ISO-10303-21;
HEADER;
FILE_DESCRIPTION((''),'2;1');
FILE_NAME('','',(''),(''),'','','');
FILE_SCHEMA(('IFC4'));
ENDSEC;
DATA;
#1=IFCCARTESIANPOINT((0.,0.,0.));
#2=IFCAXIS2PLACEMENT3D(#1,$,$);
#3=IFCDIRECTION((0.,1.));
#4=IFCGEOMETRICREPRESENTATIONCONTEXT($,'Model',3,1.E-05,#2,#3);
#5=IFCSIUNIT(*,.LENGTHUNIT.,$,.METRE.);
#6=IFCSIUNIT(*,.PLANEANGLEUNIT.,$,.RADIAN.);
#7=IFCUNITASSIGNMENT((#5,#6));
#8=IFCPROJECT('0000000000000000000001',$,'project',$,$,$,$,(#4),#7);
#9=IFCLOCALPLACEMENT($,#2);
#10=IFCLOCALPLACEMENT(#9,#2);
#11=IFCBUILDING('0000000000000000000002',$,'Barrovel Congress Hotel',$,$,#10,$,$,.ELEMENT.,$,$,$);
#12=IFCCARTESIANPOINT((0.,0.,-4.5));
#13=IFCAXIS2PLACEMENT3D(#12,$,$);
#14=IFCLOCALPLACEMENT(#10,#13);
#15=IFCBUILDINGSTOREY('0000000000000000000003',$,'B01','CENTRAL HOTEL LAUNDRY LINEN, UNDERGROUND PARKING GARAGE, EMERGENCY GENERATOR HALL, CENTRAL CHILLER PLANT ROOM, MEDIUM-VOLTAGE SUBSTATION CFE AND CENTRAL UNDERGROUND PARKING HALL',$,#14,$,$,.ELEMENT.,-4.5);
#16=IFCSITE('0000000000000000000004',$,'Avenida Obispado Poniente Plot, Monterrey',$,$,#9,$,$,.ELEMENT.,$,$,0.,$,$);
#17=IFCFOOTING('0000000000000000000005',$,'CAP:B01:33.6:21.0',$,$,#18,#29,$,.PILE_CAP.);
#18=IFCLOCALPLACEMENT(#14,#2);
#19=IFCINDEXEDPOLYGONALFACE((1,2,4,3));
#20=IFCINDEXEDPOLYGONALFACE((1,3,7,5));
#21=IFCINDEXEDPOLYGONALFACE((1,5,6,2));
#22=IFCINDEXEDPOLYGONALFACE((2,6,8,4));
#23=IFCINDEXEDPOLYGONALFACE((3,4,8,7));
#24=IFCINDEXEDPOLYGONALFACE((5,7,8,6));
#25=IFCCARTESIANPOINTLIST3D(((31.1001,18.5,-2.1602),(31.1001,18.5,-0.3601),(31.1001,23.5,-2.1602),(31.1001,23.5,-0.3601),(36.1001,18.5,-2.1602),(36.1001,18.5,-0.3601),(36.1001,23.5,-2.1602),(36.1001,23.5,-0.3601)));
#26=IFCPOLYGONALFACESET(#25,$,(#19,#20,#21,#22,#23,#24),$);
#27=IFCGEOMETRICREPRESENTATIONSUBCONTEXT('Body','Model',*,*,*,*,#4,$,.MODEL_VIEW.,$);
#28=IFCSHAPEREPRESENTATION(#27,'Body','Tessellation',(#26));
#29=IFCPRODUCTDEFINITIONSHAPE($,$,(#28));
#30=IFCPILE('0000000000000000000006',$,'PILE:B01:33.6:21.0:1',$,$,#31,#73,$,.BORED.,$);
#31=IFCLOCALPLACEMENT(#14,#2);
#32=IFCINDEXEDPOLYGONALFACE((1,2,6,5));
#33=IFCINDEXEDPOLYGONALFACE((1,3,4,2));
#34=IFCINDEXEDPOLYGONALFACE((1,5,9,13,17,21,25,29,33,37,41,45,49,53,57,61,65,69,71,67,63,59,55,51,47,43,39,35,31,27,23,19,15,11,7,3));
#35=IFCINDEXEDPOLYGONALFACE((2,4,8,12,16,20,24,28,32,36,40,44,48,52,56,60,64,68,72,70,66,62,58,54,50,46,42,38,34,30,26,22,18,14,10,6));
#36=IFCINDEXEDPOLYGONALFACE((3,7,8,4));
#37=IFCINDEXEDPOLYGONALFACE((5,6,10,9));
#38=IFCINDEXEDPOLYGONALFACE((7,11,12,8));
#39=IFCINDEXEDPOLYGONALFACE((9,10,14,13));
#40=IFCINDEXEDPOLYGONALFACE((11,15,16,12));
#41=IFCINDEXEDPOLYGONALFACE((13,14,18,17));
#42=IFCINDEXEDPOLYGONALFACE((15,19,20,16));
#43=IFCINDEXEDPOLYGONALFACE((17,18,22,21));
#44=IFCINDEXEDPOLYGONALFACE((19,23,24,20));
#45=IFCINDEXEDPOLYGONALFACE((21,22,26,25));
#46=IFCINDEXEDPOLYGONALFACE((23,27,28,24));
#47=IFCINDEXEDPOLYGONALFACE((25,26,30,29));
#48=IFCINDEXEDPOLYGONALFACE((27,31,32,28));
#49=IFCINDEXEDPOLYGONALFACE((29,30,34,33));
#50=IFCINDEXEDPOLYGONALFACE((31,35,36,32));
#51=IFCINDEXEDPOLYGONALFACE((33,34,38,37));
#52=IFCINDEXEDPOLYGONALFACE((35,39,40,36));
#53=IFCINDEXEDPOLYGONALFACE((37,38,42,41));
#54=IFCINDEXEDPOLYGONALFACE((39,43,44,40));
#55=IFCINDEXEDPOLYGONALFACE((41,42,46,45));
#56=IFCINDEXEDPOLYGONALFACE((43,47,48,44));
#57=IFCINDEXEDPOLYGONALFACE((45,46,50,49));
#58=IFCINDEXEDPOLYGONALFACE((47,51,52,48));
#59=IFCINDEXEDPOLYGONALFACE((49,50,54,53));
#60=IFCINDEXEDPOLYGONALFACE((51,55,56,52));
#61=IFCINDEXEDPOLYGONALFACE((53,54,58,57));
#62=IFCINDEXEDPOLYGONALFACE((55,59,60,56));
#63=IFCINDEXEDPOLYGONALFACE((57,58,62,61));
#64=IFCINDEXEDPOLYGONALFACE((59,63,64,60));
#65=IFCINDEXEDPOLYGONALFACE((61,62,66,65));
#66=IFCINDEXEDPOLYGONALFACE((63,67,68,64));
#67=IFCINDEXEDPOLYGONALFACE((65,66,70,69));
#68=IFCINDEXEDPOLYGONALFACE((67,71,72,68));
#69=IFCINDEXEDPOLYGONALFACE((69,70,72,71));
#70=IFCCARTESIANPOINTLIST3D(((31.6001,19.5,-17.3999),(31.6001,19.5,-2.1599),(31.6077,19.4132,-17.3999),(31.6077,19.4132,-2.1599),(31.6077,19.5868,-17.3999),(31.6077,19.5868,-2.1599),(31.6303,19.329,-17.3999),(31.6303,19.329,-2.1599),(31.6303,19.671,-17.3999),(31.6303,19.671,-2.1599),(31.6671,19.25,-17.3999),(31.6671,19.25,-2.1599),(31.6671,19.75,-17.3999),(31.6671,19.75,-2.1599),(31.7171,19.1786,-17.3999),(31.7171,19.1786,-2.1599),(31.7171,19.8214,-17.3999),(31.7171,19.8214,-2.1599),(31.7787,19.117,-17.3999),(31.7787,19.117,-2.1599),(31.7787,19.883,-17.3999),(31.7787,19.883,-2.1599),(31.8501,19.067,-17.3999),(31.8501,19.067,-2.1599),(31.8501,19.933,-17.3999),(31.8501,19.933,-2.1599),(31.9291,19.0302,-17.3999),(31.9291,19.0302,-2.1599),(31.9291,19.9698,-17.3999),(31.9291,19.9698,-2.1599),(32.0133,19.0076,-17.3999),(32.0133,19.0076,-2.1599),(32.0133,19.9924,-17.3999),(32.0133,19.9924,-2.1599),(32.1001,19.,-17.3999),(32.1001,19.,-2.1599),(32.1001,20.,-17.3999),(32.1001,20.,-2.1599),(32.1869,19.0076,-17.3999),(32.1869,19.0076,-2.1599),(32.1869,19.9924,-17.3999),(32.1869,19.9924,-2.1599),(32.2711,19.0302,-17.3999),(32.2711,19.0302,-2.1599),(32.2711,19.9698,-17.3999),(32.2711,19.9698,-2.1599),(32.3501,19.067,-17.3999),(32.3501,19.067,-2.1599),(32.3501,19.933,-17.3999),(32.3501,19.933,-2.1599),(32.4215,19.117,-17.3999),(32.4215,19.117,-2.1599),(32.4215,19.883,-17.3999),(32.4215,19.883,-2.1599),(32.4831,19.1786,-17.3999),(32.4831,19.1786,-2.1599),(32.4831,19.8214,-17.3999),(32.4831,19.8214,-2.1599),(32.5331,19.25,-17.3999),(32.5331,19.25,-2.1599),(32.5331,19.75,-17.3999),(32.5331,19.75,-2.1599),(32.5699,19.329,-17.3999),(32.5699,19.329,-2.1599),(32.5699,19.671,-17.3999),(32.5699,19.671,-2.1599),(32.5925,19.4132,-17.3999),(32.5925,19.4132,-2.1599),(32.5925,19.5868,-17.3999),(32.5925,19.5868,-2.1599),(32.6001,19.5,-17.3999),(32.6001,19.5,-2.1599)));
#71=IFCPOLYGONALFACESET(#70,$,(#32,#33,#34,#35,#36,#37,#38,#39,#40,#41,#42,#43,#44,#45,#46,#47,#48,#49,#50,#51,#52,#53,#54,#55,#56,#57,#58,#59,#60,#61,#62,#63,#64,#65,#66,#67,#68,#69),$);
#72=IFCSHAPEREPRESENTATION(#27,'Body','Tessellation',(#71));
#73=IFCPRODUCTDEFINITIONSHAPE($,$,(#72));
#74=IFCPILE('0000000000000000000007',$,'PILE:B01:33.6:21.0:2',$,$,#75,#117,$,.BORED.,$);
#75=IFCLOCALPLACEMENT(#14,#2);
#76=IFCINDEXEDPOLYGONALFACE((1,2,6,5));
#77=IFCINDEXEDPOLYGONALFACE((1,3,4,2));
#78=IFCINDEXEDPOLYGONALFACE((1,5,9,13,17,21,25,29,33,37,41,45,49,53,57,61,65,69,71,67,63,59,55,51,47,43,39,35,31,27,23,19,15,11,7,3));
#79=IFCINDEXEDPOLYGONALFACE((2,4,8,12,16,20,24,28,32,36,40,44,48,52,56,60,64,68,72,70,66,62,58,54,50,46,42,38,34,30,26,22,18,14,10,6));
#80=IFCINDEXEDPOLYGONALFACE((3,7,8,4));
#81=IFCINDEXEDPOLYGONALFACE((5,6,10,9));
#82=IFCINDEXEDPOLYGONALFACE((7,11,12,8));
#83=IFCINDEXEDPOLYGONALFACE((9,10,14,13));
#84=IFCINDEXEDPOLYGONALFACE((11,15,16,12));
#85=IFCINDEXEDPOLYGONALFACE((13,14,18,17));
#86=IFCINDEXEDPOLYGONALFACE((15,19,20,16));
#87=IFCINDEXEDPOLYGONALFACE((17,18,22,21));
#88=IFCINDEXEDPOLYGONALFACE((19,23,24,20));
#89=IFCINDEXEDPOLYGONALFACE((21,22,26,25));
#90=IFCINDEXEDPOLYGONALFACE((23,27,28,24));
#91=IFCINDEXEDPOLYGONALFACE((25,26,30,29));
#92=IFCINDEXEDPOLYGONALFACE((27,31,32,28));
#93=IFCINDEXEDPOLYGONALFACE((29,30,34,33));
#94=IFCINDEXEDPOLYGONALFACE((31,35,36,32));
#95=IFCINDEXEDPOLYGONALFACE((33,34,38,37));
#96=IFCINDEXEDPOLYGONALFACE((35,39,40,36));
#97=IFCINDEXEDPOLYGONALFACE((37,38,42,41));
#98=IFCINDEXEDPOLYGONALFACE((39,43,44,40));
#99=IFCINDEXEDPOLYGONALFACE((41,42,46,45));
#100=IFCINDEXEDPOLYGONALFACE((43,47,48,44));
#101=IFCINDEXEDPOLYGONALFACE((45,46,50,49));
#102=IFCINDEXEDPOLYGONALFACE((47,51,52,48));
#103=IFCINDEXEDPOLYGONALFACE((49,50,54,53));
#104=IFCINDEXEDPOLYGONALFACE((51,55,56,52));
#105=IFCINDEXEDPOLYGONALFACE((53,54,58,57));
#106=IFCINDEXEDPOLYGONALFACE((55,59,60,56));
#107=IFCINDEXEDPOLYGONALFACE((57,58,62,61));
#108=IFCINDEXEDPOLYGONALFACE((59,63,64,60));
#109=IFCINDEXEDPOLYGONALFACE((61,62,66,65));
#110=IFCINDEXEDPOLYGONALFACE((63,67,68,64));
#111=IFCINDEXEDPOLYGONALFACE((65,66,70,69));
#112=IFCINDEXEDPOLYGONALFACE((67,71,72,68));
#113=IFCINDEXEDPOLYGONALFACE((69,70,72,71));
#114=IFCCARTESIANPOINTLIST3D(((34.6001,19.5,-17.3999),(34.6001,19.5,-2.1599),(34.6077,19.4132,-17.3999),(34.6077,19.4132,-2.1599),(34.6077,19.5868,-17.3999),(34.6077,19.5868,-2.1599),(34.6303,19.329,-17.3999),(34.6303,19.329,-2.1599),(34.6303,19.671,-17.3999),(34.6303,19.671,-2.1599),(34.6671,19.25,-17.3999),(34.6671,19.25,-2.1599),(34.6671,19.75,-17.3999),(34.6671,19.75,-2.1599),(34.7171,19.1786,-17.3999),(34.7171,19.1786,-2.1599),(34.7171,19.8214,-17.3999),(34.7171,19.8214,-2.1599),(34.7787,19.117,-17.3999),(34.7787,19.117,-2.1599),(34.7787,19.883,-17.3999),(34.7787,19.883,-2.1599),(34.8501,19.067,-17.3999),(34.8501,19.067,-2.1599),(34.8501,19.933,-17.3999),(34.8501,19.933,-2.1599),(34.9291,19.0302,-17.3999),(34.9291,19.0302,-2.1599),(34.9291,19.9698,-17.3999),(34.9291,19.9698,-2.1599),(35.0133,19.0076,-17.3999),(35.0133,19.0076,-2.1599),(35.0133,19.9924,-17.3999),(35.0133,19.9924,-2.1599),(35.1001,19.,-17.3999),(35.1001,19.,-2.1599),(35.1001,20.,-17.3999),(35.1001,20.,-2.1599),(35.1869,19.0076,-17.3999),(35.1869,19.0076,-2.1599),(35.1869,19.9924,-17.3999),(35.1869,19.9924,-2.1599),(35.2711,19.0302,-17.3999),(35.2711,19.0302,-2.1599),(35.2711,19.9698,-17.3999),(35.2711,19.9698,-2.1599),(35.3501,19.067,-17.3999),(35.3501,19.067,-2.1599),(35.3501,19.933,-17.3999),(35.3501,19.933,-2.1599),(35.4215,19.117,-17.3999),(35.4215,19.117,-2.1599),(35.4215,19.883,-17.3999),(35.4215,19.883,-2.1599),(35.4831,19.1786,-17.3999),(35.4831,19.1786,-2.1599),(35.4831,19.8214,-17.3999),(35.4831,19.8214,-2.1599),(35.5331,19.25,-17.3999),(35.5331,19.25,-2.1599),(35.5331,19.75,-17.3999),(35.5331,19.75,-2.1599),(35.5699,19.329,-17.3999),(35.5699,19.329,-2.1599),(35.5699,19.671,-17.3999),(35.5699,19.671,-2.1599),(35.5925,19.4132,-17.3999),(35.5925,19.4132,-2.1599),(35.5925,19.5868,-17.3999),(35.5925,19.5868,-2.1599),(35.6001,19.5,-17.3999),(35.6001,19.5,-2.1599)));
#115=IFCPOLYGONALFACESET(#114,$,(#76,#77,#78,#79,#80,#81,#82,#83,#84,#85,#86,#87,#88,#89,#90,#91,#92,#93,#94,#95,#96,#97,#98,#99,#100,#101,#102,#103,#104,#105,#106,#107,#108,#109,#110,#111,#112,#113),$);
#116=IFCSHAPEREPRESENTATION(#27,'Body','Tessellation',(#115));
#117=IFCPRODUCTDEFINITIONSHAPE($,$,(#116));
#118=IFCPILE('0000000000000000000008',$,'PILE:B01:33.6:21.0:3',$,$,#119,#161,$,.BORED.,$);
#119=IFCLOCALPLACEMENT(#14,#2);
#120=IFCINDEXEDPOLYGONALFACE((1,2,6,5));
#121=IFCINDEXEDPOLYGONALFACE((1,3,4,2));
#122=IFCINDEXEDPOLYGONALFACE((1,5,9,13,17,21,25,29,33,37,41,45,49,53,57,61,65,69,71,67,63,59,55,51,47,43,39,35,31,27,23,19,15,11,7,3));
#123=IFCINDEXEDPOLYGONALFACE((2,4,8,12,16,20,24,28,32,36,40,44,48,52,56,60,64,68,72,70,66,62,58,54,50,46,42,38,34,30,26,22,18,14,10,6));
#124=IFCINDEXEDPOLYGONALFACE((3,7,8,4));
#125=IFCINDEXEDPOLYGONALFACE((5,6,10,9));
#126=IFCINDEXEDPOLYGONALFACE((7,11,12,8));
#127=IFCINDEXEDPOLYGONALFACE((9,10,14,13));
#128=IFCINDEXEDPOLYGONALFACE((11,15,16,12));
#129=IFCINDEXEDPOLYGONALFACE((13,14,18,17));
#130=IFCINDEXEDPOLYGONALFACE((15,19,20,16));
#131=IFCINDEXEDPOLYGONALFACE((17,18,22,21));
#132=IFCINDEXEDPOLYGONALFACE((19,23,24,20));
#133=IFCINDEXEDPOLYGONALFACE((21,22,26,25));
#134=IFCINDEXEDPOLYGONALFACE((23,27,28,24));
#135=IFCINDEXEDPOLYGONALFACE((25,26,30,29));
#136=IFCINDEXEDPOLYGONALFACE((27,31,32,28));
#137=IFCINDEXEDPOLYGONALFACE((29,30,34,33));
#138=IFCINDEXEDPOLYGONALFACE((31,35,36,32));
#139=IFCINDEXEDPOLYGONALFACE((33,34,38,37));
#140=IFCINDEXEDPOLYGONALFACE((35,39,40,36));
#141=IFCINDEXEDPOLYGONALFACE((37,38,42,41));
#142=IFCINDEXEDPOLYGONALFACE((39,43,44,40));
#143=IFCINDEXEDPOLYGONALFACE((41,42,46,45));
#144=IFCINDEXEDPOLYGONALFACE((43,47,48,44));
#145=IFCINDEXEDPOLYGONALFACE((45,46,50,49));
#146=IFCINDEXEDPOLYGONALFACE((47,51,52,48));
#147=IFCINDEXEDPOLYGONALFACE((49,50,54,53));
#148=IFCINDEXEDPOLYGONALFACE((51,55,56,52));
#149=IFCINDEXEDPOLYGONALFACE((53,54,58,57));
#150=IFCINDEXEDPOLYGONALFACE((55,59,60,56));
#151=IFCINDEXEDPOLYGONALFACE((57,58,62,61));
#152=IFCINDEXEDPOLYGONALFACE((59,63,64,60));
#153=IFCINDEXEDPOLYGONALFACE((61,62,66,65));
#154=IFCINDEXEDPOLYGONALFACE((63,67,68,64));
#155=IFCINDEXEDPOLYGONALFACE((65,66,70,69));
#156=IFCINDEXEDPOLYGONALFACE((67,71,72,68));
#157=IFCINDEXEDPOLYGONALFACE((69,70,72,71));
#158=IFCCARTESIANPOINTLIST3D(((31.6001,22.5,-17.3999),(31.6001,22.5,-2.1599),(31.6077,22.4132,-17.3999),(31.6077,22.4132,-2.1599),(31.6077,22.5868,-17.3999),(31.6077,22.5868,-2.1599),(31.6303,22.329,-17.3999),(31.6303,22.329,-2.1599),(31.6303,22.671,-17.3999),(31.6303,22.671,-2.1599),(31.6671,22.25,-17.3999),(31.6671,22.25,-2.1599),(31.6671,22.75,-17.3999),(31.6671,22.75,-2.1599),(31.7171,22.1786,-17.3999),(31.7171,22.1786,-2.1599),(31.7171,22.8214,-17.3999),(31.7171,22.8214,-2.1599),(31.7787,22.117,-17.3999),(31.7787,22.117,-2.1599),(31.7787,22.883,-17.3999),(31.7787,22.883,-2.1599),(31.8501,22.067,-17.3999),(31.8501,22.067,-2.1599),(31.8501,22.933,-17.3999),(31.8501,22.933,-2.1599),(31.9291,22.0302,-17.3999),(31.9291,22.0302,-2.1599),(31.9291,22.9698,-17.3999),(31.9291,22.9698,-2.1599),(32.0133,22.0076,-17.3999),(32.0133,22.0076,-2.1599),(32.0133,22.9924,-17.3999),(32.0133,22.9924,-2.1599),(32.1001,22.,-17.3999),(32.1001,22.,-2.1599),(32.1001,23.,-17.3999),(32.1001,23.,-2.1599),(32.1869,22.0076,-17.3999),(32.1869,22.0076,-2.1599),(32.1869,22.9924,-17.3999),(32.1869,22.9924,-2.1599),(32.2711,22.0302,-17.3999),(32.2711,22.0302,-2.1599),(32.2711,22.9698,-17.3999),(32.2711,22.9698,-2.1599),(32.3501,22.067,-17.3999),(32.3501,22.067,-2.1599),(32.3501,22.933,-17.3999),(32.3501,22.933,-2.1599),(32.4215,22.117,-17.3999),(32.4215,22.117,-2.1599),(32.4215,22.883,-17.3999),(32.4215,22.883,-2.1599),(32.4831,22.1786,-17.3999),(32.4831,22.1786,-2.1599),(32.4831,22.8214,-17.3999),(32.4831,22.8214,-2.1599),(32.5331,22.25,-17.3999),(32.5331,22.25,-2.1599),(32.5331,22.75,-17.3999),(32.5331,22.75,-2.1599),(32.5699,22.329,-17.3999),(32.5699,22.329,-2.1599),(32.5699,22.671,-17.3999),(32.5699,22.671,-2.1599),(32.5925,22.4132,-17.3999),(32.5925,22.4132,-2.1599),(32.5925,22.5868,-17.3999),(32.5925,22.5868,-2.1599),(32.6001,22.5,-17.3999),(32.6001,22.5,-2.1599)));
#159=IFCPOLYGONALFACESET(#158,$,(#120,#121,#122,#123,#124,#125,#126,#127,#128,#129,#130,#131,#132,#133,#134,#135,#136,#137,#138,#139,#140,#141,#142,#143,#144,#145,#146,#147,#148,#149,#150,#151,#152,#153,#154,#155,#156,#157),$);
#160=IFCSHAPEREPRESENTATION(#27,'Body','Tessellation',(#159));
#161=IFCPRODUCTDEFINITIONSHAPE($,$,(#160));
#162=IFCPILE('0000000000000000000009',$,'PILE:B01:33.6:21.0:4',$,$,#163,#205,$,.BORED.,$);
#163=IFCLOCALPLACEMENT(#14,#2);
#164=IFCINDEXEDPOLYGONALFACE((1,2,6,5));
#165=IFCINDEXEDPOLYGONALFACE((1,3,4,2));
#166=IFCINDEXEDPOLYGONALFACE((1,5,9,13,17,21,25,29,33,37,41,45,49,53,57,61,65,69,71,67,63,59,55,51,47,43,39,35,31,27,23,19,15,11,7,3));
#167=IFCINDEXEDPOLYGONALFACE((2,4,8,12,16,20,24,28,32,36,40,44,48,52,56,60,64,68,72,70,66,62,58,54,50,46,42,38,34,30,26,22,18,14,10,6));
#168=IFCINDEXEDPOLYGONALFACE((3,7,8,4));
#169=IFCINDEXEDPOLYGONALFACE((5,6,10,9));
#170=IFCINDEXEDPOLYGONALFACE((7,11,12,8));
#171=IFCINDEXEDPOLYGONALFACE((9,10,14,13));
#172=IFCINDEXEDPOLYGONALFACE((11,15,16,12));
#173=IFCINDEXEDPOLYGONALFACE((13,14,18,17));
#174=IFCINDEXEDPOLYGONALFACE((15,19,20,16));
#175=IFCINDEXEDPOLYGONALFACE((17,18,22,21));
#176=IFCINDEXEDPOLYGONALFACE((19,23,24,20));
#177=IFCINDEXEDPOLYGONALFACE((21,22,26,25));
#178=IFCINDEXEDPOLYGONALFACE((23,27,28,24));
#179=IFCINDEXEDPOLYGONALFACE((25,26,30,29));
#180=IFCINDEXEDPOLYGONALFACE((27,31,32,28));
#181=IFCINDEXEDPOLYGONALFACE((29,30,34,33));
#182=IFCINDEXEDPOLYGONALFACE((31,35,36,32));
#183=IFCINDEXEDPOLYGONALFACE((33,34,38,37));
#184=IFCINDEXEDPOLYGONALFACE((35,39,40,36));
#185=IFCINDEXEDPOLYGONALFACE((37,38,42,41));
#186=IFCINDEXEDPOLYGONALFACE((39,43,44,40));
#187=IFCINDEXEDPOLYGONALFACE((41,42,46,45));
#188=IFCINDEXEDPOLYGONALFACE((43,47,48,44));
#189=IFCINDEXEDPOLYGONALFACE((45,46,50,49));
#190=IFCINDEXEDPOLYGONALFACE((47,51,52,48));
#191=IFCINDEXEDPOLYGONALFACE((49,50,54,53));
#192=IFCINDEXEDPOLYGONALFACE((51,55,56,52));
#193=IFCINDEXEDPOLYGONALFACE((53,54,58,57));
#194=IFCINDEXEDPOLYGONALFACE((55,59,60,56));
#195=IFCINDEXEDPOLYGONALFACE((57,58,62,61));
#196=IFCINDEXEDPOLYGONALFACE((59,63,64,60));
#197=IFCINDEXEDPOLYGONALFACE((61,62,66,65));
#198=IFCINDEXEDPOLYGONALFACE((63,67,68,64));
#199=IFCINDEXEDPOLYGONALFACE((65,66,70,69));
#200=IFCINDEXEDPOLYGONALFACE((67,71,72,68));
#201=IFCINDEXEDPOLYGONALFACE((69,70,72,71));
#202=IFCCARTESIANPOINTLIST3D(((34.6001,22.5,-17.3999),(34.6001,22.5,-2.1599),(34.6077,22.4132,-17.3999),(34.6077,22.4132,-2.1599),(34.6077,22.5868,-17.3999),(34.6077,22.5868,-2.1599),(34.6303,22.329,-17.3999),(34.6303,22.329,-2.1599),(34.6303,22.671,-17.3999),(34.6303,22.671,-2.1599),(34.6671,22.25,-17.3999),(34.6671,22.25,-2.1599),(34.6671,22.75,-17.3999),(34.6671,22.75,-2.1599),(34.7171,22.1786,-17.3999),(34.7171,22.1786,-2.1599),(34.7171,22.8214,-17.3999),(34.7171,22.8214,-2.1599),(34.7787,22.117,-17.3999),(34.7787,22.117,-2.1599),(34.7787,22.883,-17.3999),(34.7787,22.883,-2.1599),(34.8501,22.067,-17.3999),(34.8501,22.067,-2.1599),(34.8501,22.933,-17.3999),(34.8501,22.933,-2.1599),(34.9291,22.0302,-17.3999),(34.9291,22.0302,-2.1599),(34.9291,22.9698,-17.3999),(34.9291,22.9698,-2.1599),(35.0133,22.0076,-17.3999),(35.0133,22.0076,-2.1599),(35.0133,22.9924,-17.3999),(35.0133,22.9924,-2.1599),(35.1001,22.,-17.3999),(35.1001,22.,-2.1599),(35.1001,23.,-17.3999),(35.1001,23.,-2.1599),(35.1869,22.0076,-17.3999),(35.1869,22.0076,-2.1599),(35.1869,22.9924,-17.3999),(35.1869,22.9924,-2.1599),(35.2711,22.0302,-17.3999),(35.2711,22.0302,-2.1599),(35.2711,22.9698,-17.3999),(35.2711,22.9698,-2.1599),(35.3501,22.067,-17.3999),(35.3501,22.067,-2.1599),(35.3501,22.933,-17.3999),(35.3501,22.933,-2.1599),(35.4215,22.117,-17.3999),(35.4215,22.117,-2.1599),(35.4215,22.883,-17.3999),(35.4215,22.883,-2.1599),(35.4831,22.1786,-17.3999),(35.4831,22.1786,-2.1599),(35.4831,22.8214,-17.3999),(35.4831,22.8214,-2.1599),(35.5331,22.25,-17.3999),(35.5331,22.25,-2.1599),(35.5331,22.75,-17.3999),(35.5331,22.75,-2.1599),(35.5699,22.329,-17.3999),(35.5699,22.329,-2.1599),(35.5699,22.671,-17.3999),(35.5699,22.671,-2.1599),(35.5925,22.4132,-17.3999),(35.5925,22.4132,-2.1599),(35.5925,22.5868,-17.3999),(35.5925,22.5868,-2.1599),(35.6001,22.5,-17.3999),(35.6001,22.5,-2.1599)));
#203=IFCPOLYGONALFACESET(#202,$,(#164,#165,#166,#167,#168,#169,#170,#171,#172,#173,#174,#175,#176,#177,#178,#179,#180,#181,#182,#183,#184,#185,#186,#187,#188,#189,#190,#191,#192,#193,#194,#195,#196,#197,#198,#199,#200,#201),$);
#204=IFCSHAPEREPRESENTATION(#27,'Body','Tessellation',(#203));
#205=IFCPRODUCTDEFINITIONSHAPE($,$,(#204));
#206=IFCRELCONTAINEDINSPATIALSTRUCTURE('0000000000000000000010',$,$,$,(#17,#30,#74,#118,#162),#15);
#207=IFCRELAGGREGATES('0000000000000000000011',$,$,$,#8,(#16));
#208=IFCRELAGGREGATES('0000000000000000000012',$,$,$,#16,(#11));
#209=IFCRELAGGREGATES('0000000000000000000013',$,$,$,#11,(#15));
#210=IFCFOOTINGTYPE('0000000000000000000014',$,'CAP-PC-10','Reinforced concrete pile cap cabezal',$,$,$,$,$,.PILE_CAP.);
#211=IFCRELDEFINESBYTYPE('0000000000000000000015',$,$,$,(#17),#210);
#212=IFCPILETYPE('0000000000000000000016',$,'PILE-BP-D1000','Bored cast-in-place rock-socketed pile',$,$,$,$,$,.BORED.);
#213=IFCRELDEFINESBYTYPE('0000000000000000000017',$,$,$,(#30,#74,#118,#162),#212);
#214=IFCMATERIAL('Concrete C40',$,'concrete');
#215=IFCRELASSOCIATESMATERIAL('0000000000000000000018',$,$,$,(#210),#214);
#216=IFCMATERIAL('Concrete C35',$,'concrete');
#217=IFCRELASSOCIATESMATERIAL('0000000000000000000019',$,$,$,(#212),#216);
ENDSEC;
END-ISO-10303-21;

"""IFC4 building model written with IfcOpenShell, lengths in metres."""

from ifc_helpers import new_model, si_unit, direction, frame, origin, origin_2d, place, context, subcontext, project, spatial, rectangle, circle, extrude, material, material_profile, profile_set, type_object, element, save


model = new_model("IFC4")

# Units and contexts
model_context = context("Model", 3, precision=1e-05, world=origin(), true_north=direction((0.0, 1.0)))
body_context = subcontext(model_context, "Body", "Model", "MODEL_VIEW")
ifc_project = project(units=[si_unit("LENGTHUNIT", "METRE"), si_unit("PLANEANGLEUNIT", "RADIAN")], contexts=[model_context])

# Site, building, storey
site_placement = place(None, origin())
site = spatial("IfcSite", under=ifc_project, at=site_placement, Name="Avenida Obispado Poniente Plot, Monterrey", CompositionType="ELEMENT", RefElevation=0.0)
building_placement = place(site_placement, origin())
building = spatial("IfcBuilding", under=site, at=building_placement, Name="Barrovel Congress Hotel", CompositionType="ELEMENT")
storey_placement = place(building_placement, frame((0.0, 0.0, -4.5)))
storey = spatial("IfcBuildingStorey", under=building, at=storey_placement, Name="B01", Description="CENTRAL HOTEL LAUNDRY LINEN, UNDERGROUND PARKING GARAGE, EMERGENCY GENERATOR HALL, CENTRAL CHILLER PLANT ROOM, MEDIUM-VOLTAGE SUBSTATION CFE AND CENTRAL UNDERGROUND PARKING HALL", CompositionType="ELEMENT", Elevation=-4.5)

# Footing
ifc_material_1 = material(Name="Concrete C40", Category="concrete")
footing_type = type_object("IfcFootingType", Name="CAP-PC-10", Description="Reinforced concrete pile cap cabezal", PredefinedType="PILE_CAP", material=ifc_material_1)
footing_placement = place(storey_placement, frame((33.6001, 21.0, -2.1602), z_axis=(0.0, 0.0, 1.0), x_axis=(1.0, 0.0, 0.0)))
element("IfcFooting", 1, at=footing_placement, inside=storey, type_object=footing_type, Name="CAP:B01:33.6:21.0", PredefinedType="PILE_CAP", context=body_context, shape_type="SweptSolid", body=[
    extrude(rectangle(XDim=5.0, YDim=5.0, at=origin_2d()), origin(), (0.0, 0.0, 1.0), 1.8),
])

# Piles
ifc_material_2 = material(Name="Concrete C35", Category="concrete")
ifc_material_profile_1 = material_profile(ifc_material_2, circle(Radius=0.5, at=origin_2d()), Name="BP-D1000")
ifc_profile_set_1 = profile_set([ifc_material_profile_1], Name="Concrete C35")
pile_type_1 = type_object("IfcPileType", Name="PILE-BP-D1000", Description="Bored cast-in-place rock-socketed pile", PredefinedType="BORED", material=ifc_profile_set_1)
for number, where, z_axis, x_axis, name in (
    (2, (32.1001, 19.5, -2.1599), (0.0, 0.0, -1.0), (1.0, 0.0, 0.0), "PILE:B01:33.6:21.0:1"),
    (3, (35.1001, 19.5, -2.1599), (0.0, 0.0, -1.0), (1.0, 0.0, 0.0), "PILE:B01:33.6:21.0:2"),
    (4, (32.1001, 22.5, -2.1599), (0.0, 0.0, -1.0), (1.0, 0.0, 0.0), "PILE:B01:33.6:21.0:3"),
    (5, (35.1001, 22.5, -2.1599), (0.0, 0.0, -1.0), (1.0, 0.0, 0.0), "PILE:B01:33.6:21.0:4"),
):
    element("IfcPile", number, at=place(storey_placement, frame(where, z_axis=z_axis, x_axis=x_axis)), inside=storey, type_object=pile_type_1, Name=name, PredefinedType="BORED", context=body_context, shape_type="SweptSolid", body=[
        extrude(circle(Radius=0.5, at=origin_2d()), origin(), (0.0, 0.0, 1.0), 15.24),
    ])

save(model, "model.ifc")
